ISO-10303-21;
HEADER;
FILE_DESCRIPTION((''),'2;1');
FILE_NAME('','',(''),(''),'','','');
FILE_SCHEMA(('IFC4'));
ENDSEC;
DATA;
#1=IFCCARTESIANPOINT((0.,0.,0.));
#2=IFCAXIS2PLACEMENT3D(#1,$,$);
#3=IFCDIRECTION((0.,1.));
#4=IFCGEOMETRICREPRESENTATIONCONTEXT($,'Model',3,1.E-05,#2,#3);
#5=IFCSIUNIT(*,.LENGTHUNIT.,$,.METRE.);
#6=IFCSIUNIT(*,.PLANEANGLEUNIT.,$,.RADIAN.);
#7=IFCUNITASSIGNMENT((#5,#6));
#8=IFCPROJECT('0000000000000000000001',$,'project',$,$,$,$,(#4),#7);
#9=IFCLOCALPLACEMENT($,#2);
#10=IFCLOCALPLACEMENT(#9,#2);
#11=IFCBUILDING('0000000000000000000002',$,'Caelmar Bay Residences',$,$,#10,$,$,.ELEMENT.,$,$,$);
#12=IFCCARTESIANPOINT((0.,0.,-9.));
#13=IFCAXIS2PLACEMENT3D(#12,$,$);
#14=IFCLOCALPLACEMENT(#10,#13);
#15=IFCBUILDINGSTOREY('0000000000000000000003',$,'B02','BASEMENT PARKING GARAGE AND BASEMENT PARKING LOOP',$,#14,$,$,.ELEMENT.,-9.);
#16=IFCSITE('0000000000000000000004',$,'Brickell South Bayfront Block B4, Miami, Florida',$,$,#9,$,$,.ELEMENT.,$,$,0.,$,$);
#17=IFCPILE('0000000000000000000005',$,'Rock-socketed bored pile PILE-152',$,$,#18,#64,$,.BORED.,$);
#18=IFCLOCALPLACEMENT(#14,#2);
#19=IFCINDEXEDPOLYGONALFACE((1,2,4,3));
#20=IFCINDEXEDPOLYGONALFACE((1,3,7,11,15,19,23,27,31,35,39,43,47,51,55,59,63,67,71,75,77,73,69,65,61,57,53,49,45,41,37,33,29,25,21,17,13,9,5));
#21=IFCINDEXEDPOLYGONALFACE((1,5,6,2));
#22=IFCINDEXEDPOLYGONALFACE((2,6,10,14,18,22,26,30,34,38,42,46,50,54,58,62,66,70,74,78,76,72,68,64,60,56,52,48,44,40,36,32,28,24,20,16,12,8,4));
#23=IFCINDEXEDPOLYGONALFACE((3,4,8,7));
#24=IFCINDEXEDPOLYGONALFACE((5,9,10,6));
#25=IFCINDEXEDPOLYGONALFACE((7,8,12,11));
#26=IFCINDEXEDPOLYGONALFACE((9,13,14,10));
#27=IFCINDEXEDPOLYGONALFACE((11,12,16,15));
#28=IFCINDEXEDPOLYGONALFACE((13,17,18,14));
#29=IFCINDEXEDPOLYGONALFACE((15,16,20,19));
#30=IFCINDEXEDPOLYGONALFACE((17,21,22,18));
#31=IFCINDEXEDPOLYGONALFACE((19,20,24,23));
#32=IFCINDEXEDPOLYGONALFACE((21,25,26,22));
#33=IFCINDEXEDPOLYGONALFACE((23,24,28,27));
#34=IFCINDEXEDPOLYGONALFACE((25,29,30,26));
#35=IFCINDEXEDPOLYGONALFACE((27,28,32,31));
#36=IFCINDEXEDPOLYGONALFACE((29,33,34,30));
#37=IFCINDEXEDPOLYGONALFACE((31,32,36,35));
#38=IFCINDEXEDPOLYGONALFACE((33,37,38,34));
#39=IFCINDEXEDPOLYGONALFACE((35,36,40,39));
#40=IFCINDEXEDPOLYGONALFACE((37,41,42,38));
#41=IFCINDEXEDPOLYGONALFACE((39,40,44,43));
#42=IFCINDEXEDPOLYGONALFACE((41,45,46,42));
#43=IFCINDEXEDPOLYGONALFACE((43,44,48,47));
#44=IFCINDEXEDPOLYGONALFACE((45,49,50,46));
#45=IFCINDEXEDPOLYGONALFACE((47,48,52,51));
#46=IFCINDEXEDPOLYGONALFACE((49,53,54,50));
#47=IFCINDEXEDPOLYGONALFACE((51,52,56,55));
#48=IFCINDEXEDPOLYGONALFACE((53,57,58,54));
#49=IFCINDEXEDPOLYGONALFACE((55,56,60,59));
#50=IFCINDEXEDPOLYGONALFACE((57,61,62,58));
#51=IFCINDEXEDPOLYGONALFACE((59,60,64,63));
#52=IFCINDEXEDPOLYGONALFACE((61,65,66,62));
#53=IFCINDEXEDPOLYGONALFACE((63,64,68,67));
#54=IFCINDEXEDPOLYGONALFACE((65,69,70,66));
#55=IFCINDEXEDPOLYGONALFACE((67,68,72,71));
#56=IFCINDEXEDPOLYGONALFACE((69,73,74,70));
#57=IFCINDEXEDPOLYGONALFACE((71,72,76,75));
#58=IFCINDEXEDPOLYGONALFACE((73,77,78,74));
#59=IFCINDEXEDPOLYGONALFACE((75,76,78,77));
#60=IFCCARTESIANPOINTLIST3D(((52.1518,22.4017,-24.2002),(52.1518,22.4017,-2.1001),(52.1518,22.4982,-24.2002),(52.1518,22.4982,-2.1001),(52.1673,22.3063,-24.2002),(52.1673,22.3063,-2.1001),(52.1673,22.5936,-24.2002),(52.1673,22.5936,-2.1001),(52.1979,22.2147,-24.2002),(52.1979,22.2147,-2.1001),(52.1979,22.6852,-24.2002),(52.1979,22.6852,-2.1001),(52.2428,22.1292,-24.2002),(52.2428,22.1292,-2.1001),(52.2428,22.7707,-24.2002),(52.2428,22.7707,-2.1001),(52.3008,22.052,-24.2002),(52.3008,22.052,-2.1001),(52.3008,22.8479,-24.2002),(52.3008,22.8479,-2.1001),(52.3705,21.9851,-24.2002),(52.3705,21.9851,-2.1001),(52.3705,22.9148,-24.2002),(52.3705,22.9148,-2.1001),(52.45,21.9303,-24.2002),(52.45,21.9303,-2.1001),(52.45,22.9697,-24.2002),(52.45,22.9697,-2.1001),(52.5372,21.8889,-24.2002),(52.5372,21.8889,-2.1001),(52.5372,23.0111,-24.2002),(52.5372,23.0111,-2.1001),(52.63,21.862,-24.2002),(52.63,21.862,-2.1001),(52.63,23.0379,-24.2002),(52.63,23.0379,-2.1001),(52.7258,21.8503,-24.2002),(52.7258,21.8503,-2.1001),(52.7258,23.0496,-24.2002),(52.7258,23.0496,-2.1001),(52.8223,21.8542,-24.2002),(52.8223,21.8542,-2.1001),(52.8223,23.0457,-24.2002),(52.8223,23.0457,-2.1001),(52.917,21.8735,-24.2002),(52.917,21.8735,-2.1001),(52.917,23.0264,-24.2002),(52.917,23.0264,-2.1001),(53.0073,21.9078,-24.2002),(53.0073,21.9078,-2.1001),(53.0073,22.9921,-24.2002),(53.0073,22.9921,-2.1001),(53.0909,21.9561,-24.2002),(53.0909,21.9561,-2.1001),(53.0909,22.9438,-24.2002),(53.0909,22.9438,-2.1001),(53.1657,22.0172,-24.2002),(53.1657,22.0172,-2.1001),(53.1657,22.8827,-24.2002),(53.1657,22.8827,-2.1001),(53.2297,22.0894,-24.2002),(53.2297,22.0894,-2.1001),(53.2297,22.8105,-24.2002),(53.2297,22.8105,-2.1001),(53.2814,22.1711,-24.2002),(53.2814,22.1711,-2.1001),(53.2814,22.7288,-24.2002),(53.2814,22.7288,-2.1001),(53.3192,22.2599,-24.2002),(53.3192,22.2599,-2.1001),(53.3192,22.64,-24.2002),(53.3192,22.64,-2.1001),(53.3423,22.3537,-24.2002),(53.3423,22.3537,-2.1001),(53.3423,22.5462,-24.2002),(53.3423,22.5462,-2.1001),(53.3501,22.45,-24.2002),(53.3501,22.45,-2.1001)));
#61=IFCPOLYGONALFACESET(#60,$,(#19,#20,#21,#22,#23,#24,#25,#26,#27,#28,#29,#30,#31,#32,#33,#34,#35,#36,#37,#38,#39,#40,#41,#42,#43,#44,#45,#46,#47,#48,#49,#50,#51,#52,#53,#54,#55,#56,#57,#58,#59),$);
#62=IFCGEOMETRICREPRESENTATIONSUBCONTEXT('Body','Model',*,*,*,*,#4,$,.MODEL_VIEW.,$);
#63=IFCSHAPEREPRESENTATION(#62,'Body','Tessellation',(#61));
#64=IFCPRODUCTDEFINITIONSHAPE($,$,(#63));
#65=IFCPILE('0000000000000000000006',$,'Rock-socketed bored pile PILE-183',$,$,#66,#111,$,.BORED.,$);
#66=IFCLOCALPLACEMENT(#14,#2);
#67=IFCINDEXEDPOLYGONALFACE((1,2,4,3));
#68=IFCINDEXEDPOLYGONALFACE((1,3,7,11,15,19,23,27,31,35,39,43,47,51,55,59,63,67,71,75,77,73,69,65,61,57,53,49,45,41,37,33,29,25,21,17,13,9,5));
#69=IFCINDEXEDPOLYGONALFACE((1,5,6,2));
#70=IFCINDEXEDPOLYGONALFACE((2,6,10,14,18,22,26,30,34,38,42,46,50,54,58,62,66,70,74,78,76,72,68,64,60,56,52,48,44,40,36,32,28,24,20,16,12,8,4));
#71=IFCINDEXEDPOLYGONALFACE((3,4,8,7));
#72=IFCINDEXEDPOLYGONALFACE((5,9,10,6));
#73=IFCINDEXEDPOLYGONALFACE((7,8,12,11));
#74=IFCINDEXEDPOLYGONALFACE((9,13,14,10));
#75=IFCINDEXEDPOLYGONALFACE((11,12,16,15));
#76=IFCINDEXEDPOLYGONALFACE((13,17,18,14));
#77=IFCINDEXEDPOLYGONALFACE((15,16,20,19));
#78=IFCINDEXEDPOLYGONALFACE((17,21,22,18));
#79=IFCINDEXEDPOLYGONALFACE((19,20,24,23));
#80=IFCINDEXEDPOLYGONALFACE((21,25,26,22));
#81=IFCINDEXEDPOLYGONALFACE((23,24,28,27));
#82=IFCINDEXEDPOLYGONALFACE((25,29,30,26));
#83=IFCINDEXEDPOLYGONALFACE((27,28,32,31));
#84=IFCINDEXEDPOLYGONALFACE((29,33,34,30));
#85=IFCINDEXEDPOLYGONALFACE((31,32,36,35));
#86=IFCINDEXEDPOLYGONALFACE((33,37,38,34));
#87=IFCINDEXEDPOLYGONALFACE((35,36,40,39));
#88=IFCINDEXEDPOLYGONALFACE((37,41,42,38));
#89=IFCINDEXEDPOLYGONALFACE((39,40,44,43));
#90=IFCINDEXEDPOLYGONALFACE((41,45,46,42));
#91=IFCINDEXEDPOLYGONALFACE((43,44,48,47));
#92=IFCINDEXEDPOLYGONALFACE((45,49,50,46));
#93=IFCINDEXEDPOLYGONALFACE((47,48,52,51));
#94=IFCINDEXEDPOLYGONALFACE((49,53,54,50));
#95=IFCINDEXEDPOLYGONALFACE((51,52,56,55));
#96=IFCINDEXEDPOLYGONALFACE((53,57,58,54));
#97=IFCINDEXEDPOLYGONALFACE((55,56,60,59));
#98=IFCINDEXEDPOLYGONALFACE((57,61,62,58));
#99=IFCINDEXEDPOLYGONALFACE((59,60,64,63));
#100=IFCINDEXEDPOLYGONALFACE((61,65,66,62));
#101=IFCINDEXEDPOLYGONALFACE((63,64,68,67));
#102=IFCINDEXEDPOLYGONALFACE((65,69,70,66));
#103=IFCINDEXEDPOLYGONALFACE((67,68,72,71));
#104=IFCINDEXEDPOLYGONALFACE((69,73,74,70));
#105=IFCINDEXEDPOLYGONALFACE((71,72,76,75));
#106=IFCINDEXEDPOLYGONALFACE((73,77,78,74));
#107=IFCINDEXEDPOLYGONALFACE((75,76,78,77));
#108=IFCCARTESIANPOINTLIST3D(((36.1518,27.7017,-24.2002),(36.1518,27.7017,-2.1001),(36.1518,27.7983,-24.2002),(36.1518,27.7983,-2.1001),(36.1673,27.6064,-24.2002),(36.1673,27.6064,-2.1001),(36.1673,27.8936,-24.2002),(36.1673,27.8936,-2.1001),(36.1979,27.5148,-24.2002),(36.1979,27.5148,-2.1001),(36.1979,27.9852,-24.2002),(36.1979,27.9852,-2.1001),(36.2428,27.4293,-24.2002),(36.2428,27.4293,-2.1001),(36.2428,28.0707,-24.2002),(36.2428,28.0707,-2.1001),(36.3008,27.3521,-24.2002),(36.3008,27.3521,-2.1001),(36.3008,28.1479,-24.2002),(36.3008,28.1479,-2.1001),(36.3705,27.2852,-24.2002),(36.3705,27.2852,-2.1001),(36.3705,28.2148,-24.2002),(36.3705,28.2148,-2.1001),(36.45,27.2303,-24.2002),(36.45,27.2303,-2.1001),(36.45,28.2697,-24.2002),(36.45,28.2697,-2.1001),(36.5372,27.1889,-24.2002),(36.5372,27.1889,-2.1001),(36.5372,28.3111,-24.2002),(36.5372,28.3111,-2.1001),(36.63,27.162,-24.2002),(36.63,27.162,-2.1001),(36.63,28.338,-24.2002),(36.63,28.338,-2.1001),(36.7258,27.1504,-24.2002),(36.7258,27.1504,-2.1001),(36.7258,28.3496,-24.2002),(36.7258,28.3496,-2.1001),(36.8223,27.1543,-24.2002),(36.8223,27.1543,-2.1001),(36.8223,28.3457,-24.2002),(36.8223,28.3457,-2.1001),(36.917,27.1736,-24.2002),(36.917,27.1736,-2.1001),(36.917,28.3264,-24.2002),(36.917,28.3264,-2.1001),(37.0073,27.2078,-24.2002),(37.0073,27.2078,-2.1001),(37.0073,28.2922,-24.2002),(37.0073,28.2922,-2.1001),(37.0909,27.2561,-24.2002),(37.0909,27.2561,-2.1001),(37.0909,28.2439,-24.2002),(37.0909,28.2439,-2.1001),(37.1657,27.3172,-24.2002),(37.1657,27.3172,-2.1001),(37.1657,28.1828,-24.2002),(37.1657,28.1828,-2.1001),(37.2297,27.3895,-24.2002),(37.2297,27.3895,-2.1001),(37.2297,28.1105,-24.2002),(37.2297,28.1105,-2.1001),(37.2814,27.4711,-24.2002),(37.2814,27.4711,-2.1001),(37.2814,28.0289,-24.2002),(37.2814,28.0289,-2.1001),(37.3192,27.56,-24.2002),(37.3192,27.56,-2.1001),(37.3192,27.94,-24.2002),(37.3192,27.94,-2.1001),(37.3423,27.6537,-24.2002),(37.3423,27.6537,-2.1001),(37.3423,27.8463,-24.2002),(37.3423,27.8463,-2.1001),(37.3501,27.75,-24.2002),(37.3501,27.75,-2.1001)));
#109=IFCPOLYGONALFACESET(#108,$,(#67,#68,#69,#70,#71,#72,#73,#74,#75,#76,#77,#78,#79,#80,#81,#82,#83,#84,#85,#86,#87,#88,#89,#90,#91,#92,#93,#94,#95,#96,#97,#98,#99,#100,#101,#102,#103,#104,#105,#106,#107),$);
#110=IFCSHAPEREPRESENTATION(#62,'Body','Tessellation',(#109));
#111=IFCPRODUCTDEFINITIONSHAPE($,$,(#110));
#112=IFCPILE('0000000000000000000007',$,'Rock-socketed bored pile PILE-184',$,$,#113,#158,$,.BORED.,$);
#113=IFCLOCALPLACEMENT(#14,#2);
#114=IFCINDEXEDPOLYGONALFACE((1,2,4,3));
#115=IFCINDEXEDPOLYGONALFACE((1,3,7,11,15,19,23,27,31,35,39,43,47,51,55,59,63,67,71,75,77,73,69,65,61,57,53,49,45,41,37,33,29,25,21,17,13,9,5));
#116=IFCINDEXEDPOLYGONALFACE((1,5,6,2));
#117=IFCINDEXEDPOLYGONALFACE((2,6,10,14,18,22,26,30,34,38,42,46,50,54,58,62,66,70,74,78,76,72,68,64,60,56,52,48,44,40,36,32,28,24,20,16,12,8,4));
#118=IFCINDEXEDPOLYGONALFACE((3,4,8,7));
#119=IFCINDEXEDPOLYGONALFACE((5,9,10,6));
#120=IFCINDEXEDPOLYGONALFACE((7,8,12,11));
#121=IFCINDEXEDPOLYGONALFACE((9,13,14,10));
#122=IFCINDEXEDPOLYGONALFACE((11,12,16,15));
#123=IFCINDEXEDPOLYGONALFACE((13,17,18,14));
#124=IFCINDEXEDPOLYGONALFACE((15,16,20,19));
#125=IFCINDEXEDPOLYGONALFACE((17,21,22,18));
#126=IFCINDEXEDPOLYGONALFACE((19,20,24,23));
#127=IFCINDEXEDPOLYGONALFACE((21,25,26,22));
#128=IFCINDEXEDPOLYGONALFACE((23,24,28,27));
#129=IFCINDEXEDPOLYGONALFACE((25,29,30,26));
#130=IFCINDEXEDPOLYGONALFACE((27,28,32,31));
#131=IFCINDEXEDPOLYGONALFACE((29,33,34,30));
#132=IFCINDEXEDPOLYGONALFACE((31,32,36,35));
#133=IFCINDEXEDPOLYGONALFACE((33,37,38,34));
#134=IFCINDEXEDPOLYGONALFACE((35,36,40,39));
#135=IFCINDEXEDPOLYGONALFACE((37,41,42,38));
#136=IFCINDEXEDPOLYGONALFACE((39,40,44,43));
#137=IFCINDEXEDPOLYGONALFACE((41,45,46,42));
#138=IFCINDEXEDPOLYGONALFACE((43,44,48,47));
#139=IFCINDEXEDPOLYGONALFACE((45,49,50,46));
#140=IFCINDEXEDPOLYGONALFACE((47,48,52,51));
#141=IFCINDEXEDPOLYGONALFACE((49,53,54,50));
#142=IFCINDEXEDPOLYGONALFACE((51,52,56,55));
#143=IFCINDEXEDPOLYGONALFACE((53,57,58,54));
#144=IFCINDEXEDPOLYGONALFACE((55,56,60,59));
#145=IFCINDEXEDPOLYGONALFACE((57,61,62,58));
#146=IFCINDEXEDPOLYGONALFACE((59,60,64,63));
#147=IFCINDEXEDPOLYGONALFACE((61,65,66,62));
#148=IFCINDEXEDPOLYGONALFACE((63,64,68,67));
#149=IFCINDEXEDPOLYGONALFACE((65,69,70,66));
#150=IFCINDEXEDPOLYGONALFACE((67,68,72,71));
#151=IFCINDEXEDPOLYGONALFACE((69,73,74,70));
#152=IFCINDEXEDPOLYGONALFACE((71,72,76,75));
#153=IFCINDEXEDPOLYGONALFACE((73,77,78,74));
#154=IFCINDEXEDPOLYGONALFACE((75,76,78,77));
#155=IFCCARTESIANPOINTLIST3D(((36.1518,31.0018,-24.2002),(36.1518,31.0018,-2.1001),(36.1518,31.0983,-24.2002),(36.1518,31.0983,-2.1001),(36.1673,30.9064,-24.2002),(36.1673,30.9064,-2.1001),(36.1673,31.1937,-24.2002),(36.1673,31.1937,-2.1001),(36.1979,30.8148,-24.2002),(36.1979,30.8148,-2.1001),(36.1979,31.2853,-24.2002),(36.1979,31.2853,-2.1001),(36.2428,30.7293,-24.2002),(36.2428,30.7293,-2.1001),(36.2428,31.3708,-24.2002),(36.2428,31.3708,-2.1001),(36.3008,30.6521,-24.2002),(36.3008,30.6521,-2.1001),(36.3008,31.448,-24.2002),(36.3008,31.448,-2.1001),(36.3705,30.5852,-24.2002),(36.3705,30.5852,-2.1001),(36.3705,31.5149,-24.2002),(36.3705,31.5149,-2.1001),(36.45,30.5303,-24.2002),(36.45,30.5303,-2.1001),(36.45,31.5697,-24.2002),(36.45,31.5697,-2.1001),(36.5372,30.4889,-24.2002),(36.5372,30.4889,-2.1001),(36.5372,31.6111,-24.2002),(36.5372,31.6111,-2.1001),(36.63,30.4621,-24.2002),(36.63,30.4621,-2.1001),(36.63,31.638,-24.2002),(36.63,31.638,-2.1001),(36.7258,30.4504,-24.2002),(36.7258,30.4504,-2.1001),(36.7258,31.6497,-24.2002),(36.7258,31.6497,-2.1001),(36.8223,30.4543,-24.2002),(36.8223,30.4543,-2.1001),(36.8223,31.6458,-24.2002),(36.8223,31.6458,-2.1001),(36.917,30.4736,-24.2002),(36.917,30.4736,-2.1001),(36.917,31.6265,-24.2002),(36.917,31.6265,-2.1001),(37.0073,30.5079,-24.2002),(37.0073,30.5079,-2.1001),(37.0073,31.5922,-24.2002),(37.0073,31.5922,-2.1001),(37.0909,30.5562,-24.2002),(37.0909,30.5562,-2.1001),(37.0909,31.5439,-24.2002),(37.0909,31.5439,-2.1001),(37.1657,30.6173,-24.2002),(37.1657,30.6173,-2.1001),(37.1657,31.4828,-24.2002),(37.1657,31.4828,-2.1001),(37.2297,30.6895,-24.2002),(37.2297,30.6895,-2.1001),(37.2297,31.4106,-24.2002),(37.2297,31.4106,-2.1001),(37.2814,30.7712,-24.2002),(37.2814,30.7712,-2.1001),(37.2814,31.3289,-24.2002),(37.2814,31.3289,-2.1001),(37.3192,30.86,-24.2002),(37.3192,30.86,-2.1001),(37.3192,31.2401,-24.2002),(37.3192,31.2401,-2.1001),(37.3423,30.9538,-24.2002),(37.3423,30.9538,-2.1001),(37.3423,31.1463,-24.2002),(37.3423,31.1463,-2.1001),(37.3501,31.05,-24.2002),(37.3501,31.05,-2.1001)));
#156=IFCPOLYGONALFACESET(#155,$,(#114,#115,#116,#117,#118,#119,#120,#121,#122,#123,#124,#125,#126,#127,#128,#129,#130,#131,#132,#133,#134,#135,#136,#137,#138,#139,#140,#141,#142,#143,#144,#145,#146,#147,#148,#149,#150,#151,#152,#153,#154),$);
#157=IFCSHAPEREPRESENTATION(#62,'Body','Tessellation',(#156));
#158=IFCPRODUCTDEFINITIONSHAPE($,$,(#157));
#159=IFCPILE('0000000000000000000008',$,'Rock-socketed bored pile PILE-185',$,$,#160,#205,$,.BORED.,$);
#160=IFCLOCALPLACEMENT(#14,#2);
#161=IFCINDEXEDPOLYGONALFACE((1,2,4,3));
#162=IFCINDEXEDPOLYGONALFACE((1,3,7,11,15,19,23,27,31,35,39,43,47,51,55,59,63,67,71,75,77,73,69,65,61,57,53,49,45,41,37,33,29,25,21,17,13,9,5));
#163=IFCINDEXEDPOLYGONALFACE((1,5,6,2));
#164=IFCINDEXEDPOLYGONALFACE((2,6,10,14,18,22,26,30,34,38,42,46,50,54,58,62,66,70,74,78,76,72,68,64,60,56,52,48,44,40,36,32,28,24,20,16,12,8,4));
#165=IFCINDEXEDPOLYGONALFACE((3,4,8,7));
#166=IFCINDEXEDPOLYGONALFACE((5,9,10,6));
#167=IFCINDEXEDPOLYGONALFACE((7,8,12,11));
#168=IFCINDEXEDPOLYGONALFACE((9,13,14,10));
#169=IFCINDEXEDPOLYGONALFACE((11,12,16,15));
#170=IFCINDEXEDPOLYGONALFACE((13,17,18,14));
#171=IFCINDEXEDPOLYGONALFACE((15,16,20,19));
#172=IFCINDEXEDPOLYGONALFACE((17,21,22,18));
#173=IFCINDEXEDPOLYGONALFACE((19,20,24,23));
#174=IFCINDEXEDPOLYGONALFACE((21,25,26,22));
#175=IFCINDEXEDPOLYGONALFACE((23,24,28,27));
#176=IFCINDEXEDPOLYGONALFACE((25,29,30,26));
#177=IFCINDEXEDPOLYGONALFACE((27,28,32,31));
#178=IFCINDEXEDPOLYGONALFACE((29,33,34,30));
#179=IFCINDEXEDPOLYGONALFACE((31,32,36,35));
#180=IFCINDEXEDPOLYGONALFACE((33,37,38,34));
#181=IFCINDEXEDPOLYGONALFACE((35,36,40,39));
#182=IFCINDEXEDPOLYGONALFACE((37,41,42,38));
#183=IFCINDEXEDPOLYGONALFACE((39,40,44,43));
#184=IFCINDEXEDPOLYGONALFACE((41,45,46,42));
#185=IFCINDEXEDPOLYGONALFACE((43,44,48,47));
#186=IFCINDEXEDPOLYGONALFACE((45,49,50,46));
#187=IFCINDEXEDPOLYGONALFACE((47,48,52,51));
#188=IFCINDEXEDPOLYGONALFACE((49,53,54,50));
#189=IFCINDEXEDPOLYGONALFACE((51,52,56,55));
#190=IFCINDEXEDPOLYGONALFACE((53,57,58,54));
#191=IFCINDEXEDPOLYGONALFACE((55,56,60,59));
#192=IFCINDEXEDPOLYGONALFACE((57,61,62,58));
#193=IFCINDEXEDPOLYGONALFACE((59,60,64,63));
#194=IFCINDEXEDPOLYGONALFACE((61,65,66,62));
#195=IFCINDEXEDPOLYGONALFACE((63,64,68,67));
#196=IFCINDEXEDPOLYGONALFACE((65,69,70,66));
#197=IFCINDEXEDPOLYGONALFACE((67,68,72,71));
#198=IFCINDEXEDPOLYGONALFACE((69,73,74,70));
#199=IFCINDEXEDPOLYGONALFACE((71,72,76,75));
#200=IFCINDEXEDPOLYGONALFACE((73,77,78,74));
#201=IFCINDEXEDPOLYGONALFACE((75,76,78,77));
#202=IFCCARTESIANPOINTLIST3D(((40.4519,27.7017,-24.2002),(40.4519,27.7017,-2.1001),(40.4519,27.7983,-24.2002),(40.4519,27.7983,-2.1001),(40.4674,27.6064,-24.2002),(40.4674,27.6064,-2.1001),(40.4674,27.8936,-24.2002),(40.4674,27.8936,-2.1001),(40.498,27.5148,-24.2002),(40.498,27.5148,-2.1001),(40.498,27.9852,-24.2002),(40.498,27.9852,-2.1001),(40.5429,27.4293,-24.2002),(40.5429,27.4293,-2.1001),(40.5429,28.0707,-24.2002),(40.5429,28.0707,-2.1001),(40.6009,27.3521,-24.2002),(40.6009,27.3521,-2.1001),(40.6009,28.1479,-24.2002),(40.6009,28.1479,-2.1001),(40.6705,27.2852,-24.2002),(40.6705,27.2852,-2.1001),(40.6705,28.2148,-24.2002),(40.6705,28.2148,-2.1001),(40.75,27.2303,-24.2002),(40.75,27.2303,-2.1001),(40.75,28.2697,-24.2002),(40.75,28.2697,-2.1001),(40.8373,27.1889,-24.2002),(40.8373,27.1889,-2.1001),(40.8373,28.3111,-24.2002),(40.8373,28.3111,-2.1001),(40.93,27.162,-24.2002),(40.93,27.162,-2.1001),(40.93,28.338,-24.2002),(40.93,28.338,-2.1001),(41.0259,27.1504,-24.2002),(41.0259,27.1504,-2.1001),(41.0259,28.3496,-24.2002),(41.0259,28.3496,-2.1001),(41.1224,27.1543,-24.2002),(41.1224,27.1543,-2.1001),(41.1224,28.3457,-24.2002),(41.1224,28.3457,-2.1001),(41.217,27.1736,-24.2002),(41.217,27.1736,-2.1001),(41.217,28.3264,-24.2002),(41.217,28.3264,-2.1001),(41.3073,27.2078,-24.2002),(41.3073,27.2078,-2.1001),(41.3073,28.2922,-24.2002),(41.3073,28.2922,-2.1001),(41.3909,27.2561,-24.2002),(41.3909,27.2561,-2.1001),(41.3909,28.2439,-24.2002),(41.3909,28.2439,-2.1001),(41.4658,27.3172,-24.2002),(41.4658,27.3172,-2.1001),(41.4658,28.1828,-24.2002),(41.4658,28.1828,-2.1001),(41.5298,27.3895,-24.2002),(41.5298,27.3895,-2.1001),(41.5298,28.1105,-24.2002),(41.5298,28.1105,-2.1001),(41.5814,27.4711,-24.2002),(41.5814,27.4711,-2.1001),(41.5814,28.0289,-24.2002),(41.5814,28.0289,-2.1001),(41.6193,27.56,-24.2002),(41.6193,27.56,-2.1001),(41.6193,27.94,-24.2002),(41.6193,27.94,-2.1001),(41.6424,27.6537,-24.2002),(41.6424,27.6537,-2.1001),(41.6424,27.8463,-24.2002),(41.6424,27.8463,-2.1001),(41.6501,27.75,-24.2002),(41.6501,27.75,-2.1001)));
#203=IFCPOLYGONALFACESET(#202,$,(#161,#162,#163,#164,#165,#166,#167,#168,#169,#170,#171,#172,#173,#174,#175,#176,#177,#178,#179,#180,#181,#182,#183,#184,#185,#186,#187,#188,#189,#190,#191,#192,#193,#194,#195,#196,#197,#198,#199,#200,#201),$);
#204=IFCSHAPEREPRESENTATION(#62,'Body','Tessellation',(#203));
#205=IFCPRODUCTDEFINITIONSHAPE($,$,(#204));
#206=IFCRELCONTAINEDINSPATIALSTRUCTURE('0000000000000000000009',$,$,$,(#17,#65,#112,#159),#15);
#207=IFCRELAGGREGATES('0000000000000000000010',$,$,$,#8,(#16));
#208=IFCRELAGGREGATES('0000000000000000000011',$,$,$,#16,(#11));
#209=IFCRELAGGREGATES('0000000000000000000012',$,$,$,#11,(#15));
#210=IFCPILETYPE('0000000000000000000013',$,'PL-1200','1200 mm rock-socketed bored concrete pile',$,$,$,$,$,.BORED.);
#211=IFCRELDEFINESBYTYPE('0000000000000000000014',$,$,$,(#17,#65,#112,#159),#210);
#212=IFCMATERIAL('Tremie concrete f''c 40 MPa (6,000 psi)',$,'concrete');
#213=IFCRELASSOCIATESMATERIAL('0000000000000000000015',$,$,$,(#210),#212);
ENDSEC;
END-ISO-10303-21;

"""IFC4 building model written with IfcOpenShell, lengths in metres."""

from ifc_helpers import new_model, si_unit, direction, frame, origin, origin_2d, place, context, subcontext, project, spatial, circle, extrude, material, material_profile, profile_set, type_object, element, save


model = new_model("IFC4")

# Units and contexts
model_context = context("Model", 3, precision=1e-05, world=origin(), true_north=direction((0.0, 1.0)))
body_context = subcontext(model_context, "Body", "Model", "MODEL_VIEW")
ifc_project = project(units=[si_unit("LENGTHUNIT", "METRE"), si_unit("PLANEANGLEUNIT", "RADIAN")], contexts=[model_context])

# Site, building, storey
site_placement = place(None, origin())
site = spatial("IfcSite", under=ifc_project, at=site_placement, Name="Brickell South Bayfront Block B4, Miami, Florida", CompositionType="ELEMENT", RefElevation=0.0)
building_placement = place(site_placement, origin())
building = spatial("IfcBuilding", under=site, at=building_placement, Name="Caelmar Bay Residences", CompositionType="ELEMENT")
storey_placement = place(building_placement, frame((0.0, 0.0, -9.0)))
storey = spatial("IfcBuildingStorey", under=building, at=storey_placement, Name="B02", Description="BASEMENT PARKING GARAGE AND BASEMENT PARKING LOOP", CompositionType="ELEMENT", Elevation=-9.0)

# Piles
ifc_material_1 = material(Name="Tremie concrete f'c 40 MPa (6,000 psi)", Category="concrete")
ifc_material_profile_1 = material_profile(ifc_material_1, circle(Radius=0.6001, at=origin_2d()), Name="PILE-1200D")
ifc_profile_set_1 = profile_set([ifc_material_profile_1], Name="Tremie concrete f'c 40 MPa (6,000 psi)")
pile_type = type_object("IfcPileType", Name="PL-1200", Description="1200 mm rock-socketed bored concrete pile", PredefinedType="BORED", material=ifc_profile_set_1)
for number, where, z_axis, x_axis, name in (
    (1, (52.75, 22.45, -2.1001), (0.0, 0.0, -1.0), (1.0, 0.0, 0.0), "Rock-socketed bored pile PILE-152"),
    (2, (36.75, 27.75, -2.1001), (0.0, 0.0, -1.0), (1.0, 0.0, 0.0), "Rock-socketed bored pile PILE-183"),
    (3, (36.75, 31.05, -2.1001), (0.0, 0.0, -1.0), (1.0, 0.0, 0.0), "Rock-socketed bored pile PILE-184"),
    (4, (41.05, 27.75, -2.1001), (0.0, 0.0, -1.0), (1.0, 0.0, 0.0), "Rock-socketed bored pile PILE-185"),
):
    element("IfcPile", number, at=place(storey_placement, frame(where, z_axis=z_axis, x_axis=x_axis)), inside=storey, type_object=pile_type, Name=name, PredefinedType="BORED", context=body_context, shape_type="SweptSolid", body=[
        extrude(circle(Radius=0.6001, at=origin_2d()), origin(), (0.0, 0.0, 1.0), 22.1001),
    ])

save(model, "model.ifc")
